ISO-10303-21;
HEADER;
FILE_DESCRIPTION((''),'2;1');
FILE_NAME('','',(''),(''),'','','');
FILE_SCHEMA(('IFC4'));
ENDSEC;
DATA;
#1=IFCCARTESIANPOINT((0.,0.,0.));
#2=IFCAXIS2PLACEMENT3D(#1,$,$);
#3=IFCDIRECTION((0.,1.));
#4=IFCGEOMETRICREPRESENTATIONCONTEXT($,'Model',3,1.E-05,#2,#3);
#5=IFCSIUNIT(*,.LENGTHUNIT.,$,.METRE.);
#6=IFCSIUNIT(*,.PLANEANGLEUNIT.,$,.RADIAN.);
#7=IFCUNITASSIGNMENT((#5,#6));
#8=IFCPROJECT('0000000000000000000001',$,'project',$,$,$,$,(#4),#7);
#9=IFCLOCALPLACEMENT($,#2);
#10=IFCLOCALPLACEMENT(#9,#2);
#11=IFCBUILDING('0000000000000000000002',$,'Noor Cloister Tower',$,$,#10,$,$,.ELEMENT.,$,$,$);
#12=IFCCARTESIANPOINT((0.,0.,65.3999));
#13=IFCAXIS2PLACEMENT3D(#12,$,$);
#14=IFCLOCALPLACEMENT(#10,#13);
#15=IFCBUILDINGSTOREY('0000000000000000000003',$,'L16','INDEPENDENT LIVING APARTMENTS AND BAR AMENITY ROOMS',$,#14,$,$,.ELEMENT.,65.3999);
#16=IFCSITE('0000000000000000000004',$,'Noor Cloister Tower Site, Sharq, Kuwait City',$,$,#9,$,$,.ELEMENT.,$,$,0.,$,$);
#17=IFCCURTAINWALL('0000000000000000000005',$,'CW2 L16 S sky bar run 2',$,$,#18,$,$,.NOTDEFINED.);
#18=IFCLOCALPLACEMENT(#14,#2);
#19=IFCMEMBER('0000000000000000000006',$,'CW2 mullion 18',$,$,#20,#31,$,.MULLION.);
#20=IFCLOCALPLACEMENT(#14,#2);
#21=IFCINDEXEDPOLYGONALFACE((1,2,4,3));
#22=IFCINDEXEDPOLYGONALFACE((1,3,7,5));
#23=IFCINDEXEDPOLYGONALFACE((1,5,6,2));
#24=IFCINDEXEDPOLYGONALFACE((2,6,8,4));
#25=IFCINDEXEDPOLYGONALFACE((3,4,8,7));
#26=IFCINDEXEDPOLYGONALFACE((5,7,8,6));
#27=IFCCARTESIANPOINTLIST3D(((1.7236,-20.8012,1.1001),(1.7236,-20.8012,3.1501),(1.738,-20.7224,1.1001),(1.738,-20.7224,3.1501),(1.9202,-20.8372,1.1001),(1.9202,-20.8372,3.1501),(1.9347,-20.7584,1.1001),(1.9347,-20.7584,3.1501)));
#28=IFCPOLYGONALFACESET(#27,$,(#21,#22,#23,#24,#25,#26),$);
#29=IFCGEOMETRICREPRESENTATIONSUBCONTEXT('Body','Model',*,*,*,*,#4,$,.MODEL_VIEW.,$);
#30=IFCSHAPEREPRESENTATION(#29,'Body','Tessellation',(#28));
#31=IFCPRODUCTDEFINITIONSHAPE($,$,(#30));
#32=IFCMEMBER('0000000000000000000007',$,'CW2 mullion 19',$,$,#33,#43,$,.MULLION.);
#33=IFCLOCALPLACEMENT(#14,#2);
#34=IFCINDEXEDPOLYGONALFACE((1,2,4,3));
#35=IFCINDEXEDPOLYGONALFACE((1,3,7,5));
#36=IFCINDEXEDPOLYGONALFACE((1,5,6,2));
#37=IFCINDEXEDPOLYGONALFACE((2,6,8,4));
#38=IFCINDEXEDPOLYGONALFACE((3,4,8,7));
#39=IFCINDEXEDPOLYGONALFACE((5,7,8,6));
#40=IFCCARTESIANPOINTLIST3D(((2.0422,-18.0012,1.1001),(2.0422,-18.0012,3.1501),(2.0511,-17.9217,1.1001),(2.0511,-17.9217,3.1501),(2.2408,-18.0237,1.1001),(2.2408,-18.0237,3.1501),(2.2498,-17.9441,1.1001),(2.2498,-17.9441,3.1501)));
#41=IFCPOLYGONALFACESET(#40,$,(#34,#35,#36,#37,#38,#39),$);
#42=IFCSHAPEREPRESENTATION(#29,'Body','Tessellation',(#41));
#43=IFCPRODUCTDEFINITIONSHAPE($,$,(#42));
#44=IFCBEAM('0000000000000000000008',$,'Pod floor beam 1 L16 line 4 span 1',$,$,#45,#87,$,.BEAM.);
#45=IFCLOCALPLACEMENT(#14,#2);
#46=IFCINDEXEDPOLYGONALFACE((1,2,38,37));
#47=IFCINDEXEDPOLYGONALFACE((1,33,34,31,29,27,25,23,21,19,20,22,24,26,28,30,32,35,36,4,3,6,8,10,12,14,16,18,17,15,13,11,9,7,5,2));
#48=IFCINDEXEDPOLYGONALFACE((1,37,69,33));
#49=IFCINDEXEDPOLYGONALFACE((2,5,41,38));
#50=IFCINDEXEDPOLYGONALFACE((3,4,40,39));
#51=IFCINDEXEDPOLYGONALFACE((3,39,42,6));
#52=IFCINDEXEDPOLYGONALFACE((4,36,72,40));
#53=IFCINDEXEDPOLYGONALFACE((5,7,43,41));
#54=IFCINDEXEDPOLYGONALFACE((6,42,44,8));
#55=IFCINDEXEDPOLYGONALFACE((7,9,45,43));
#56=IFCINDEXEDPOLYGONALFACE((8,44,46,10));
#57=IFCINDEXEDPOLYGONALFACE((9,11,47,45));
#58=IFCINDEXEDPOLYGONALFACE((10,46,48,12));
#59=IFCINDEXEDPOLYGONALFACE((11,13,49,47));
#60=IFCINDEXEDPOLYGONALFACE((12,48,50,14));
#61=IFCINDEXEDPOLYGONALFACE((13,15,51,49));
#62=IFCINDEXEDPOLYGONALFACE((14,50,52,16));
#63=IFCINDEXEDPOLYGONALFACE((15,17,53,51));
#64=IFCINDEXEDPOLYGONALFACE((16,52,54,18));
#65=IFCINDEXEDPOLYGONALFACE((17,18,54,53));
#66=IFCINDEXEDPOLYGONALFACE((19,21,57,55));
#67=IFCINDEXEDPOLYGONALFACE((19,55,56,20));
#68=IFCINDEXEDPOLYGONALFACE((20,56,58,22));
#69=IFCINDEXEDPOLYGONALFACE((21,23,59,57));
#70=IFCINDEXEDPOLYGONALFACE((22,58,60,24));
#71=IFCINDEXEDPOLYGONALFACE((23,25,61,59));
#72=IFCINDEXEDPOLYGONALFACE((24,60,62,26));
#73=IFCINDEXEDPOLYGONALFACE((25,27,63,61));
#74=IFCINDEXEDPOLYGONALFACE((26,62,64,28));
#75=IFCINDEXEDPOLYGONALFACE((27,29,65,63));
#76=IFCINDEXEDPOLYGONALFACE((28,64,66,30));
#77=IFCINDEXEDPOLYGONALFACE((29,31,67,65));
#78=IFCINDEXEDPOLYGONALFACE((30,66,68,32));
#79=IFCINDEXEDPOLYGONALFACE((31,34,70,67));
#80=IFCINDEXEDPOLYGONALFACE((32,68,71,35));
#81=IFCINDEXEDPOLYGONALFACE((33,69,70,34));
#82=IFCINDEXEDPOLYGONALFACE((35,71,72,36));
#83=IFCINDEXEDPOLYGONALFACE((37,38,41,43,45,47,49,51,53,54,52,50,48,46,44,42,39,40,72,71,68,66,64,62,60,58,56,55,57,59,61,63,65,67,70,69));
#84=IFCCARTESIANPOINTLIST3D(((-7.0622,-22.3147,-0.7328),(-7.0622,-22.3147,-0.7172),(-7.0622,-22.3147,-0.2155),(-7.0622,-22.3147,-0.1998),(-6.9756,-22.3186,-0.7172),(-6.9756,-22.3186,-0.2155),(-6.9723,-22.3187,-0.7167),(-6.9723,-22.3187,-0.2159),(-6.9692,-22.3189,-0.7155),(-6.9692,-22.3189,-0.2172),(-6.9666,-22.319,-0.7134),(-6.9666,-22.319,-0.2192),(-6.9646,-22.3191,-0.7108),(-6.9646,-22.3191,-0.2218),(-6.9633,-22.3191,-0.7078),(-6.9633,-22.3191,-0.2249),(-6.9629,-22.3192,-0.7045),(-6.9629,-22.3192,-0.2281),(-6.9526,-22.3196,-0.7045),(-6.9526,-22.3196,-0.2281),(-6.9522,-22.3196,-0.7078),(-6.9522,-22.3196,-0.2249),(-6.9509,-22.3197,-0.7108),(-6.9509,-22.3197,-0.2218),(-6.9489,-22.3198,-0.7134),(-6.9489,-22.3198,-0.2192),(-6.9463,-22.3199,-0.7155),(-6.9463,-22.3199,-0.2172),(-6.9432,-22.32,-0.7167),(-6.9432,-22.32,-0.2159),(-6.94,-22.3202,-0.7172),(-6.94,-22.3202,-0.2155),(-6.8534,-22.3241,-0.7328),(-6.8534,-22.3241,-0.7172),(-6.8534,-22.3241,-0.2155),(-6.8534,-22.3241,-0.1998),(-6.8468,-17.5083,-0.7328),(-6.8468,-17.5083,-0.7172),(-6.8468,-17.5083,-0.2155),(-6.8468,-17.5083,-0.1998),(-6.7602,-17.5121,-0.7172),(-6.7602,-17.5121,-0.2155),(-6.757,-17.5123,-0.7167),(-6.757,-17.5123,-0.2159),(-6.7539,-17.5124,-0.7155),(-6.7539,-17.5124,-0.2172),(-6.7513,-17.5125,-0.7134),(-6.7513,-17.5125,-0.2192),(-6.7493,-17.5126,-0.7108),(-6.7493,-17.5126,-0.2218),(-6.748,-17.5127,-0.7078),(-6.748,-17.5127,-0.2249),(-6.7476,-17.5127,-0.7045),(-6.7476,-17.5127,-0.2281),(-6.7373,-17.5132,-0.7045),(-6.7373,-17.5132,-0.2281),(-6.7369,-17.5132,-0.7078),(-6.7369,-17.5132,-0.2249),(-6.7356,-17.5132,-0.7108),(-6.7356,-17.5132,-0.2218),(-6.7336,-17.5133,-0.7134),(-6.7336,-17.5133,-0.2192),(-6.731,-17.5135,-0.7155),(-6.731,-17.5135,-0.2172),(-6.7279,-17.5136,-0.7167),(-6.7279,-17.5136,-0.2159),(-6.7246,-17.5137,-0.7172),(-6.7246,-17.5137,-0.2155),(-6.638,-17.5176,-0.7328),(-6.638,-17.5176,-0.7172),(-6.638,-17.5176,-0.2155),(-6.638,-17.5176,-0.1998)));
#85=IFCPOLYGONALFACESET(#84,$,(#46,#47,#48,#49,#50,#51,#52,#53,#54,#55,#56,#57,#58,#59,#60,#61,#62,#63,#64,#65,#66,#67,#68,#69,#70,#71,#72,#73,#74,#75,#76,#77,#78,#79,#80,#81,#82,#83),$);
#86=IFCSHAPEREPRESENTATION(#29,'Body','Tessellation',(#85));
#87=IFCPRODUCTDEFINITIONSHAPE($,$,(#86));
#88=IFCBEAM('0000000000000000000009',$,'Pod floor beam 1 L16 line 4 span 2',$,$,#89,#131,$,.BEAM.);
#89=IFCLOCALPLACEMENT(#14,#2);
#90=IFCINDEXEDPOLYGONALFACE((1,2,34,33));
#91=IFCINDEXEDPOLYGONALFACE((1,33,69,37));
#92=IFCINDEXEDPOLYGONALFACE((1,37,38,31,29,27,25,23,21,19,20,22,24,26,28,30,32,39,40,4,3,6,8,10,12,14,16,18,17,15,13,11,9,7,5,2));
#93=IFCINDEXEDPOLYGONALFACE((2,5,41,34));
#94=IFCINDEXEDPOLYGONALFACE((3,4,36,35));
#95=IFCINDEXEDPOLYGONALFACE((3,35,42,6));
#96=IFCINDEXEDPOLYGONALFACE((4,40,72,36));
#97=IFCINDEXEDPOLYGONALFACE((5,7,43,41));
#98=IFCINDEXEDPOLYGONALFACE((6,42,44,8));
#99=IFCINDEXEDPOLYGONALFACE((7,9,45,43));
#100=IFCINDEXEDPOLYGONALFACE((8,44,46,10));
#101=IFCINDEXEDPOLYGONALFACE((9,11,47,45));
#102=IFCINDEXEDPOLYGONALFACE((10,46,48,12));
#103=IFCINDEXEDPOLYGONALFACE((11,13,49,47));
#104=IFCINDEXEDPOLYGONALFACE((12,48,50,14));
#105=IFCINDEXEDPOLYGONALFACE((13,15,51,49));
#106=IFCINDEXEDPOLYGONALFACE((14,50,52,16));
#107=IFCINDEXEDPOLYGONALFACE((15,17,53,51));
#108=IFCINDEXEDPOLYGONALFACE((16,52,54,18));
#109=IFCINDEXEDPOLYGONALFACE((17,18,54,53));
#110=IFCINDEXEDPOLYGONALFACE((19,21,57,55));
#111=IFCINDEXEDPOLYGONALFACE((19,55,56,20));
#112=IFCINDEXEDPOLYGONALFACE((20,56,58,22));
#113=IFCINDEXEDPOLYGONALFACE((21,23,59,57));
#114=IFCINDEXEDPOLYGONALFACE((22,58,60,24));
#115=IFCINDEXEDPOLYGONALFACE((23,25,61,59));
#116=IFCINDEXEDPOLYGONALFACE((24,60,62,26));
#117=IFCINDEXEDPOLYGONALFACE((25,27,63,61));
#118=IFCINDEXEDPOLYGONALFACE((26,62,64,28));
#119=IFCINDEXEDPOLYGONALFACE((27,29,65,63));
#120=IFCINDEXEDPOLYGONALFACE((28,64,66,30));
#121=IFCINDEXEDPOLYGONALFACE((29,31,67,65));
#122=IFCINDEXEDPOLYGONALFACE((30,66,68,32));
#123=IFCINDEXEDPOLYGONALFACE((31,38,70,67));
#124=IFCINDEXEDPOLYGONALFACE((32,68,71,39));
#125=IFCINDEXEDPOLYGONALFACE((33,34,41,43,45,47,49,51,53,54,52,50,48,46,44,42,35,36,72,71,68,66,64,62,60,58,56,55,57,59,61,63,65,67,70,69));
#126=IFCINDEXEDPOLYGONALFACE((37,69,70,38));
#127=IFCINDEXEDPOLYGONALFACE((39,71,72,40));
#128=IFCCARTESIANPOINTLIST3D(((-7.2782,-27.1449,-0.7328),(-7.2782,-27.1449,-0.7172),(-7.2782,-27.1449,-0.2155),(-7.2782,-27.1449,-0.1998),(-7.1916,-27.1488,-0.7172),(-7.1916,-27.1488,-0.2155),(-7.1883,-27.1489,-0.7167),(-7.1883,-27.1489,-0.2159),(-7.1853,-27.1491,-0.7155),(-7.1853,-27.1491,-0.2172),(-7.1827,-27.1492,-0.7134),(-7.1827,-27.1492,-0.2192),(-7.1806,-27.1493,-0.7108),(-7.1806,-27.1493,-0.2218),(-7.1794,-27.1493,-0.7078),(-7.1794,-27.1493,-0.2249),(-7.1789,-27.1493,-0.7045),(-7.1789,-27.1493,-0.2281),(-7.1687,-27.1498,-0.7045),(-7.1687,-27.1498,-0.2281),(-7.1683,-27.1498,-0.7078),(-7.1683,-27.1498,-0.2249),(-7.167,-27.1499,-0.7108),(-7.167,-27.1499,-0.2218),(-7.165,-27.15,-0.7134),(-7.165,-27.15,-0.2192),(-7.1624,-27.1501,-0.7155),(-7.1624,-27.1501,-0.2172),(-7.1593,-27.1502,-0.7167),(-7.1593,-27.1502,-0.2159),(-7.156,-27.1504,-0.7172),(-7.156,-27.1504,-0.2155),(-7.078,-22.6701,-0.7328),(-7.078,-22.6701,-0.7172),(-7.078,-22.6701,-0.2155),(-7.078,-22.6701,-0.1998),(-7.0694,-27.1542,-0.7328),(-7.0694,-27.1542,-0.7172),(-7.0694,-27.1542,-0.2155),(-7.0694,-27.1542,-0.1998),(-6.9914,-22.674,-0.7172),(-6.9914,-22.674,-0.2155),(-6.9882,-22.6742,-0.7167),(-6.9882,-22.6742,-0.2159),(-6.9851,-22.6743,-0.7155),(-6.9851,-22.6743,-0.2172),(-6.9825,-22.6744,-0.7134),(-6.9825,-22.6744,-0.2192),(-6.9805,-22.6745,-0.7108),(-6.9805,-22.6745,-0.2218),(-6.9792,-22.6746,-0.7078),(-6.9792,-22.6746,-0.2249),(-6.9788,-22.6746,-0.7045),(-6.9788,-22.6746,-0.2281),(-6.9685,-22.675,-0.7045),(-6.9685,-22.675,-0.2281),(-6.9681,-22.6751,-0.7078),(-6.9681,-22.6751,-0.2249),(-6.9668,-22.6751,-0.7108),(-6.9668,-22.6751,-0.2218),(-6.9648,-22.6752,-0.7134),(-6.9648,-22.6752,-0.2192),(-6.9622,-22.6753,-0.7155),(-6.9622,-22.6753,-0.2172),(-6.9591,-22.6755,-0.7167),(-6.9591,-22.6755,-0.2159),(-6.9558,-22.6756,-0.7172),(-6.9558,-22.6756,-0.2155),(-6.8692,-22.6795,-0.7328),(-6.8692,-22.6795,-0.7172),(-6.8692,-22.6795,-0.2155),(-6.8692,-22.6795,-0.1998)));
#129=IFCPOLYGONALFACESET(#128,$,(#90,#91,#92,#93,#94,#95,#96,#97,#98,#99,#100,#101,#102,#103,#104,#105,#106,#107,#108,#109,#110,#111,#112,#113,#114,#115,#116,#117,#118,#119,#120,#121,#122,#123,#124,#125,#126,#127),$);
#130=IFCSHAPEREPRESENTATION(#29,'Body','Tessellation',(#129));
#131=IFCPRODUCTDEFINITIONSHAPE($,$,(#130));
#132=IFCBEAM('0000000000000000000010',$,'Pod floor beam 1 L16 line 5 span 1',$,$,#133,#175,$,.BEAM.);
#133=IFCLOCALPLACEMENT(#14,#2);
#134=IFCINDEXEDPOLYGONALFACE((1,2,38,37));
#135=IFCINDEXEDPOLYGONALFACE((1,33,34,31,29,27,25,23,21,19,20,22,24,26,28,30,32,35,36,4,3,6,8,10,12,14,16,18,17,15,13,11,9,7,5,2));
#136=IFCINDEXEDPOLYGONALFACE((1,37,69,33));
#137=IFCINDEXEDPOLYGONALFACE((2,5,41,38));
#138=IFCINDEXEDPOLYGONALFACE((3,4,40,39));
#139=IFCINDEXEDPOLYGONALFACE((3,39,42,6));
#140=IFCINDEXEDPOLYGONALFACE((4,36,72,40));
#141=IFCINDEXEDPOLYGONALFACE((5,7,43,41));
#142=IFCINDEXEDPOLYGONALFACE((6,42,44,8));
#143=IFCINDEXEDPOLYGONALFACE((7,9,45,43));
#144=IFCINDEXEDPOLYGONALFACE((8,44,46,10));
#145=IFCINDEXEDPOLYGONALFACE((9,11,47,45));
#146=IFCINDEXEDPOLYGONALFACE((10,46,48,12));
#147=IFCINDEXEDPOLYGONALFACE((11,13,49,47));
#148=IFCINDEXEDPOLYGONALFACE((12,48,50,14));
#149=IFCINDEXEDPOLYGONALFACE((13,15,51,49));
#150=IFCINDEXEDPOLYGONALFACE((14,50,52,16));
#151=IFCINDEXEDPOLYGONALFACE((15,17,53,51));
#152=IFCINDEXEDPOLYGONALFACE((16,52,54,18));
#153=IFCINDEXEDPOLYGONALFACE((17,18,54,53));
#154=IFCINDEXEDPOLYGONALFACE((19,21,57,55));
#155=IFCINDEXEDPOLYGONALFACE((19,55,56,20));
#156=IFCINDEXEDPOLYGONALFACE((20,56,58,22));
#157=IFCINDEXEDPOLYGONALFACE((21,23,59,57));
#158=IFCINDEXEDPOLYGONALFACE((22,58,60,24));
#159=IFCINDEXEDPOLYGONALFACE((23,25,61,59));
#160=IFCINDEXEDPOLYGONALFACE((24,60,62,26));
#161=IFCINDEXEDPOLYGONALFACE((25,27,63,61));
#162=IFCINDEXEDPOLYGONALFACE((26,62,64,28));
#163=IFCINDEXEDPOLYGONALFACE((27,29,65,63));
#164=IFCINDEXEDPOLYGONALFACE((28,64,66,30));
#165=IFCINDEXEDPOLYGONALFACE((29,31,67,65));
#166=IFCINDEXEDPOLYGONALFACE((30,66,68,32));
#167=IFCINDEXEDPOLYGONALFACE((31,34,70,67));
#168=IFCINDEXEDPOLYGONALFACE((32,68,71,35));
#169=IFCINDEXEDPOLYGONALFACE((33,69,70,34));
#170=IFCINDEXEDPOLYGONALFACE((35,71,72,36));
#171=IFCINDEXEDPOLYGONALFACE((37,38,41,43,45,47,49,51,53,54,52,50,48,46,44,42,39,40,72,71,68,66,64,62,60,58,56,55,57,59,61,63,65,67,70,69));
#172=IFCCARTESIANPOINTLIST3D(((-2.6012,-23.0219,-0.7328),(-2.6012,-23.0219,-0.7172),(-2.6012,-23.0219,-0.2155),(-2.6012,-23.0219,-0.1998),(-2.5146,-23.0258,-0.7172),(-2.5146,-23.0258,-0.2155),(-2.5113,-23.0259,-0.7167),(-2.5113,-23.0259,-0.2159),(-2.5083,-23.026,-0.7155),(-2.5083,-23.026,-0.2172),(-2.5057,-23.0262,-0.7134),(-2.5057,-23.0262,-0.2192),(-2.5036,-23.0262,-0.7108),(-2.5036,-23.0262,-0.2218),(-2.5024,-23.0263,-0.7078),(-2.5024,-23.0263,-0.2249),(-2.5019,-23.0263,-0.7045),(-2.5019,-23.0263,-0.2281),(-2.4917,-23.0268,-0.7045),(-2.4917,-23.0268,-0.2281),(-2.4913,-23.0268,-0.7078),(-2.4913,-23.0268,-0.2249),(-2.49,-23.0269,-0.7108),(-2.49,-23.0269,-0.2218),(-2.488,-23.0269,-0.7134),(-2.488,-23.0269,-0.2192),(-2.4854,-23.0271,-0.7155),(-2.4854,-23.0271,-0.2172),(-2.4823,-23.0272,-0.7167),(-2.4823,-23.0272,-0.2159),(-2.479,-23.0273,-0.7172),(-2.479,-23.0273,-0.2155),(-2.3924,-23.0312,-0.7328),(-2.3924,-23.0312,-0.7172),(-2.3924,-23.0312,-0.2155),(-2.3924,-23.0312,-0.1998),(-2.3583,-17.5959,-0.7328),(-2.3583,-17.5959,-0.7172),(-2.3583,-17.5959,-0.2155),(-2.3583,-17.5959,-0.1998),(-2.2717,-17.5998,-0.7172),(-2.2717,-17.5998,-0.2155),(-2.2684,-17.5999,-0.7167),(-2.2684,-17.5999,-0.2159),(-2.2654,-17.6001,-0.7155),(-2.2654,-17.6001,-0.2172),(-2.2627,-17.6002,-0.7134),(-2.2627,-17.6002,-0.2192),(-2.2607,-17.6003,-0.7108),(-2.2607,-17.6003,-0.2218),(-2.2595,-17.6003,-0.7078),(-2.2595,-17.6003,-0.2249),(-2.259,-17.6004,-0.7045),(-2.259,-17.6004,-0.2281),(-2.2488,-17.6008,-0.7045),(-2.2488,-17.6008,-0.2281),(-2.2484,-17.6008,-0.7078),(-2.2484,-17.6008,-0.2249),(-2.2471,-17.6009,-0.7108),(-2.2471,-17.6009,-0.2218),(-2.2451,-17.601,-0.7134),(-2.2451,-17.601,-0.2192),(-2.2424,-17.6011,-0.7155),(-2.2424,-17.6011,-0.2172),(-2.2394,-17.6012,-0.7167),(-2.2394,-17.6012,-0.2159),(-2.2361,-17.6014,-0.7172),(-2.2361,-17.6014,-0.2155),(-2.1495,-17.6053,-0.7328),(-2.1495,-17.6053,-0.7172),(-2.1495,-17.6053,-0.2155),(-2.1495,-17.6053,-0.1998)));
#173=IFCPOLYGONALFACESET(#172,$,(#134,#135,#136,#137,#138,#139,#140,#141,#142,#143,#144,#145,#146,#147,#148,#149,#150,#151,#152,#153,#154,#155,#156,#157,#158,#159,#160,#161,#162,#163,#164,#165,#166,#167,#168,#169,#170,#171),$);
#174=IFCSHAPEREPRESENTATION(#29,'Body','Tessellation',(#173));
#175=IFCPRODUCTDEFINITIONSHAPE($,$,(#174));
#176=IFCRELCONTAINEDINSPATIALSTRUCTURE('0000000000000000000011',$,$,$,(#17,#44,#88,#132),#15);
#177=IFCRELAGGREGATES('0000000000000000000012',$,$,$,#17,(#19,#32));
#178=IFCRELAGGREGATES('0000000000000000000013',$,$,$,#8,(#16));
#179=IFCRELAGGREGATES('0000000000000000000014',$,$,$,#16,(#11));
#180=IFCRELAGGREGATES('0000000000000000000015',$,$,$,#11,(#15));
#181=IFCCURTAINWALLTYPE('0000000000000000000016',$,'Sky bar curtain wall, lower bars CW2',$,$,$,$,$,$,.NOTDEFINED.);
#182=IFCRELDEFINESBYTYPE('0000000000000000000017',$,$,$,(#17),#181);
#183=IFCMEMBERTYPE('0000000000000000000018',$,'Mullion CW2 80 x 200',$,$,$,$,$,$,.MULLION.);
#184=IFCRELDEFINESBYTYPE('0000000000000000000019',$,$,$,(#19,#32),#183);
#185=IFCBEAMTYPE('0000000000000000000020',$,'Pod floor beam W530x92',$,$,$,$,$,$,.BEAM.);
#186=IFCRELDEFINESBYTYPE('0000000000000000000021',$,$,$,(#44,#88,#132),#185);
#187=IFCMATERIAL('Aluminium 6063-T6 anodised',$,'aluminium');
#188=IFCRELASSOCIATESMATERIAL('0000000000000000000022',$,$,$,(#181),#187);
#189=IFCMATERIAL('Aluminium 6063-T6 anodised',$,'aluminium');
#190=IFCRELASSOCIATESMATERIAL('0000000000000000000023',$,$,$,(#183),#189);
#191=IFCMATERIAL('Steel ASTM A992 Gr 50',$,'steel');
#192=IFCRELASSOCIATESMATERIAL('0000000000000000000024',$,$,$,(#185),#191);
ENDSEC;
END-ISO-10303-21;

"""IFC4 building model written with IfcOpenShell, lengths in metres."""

from ifc_helpers import new_model, si_unit, direction, frame, origin, origin_2d, place, context, subcontext, project, spatial, rectangle, i_section, extrude, material, material_profile, profile_set, type_object, element, aggregate, save


model = new_model("IFC4")

# Units and contexts
model_context = context("Model", 3, precision=1e-05, world=origin(), true_north=direction((0.0, 1.0)))
body_context = subcontext(model_context, "Body", "Model", "MODEL_VIEW")
ifc_project = project(units=[si_unit("LENGTHUNIT", "METRE"), si_unit("PLANEANGLEUNIT", "RADIAN")], contexts=[model_context])

# Site, building, storey
site_placement = place(None, origin())
site = spatial("IfcSite", under=ifc_project, at=site_placement, Name="Noor Cloister Tower Site, Sharq, Kuwait City", CompositionType="ELEMENT", RefElevation=0.0)
building_placement = place(site_placement, origin())
building = spatial("IfcBuilding", under=site, at=building_placement, Name="Noor Cloister Tower", CompositionType="ELEMENT")
storey_placement = place(building_placement, frame((0.0, 0.0, 65.3999)))
storey = spatial("IfcBuildingStorey", under=building, at=storey_placement, Name="L16", Description="INDEPENDENT LIVING APARTMENTS AND BAR AMENITY ROOMS", CompositionType="ELEMENT", Elevation=65.3999)

# Curtain wall, members
ifc_material_1 = material(Name="Aluminium 6063-T6 anodised", Category="aluminium")
curtain_wall_type = type_object("IfcCurtainWallType", Name="Sky bar curtain wall, lower bars CW2", PredefinedType="NOTDEFINED", material=ifc_material_1)
curtain_wall_placement = place(storey_placement, origin())
curtain_wall = element("IfcCurtainWall", 1, at=curtain_wall_placement, inside=storey, type_object=curtain_wall_type, Name="CW2 L16 S sky bar run 2", PredefinedType="NOTDEFINED")
ifc_material_2 = material(Name="Aluminium 6063-T6 anodised", Category="aluminium")
ifc_material_profile_1 = material_profile(ifc_material_2, rectangle(XDim=0.2, YDim=0.0801, at=origin_2d()), Name="200 x 80 mullion")
ifc_profile_set_1 = profile_set([ifc_material_profile_1], Name="Aluminium 6063-T6 anodised")
member_type = type_object("IfcMemberType", Name="Mullion CW2 80 x 200", PredefinedType="MULLION", material=ifc_profile_set_1)
member_1_placement = place(storey_placement, frame((1.8291, -20.7798, 1.1001), z_axis=(0.0, 0.0, 1.0), x_axis=(-0.983673, 0.179967, 0.0)))
member_1 = element("IfcMember", 2, at=member_1_placement, type_object=member_type, Name="CW2 mullion 18", PredefinedType="MULLION", context=body_context, shape_type="SweptSolid", body=[
    extrude(rectangle(XDim=0.2, YDim=0.0801, at=origin_2d()), origin(), (0.0, 0.0, 1.0), 2.05),
])
member_2_placement = place(storey_placement, frame((2.146, -17.9727, 1.1001), z_axis=(0.0, 0.0, 1.0), x_axis=(-0.993686, 0.112197, 0.0)))
member_2 = element("IfcMember", 3, at=member_2_placement, type_object=member_type, Name="CW2 mullion 19", PredefinedType="MULLION", context=body_context, shape_type="SweptSolid", body=[
    extrude(rectangle(XDim=0.2, YDim=0.0801, at=origin_2d()), origin(), (0.0, 0.0, 1.0), 2.05),
])

# Beams
ifc_material_3 = material(Name="Steel ASTM A992 Gr 50", Category="steel")
ifc_material_profile_2 = material_profile(ifc_material_3, i_section(OverallWidth=0.209, OverallDepth=0.533, WebThickness=0.0103, FlangeThickness=0.0156, FilletRadius=0.0127, at=origin_2d()), Name="W530x92")
ifc_profile_set_2 = profile_set([ifc_material_profile_2], Name="Steel ASTM A992 Gr 50")
beam_type_1 = type_object("IfcBeamType", Name="Pod floor beam W530x92", PredefinedType="BEAM", material=ifc_profile_set_2)
beam_1_placement = place(storey_placement, frame((-6.7424, -17.5129, -0.4663), z_axis=(-0.044756, -0.998998, 0.0), x_axis=(0.998998, -0.044756, 0.0)))
element("IfcBeam", 4, at=beam_1_placement, inside=storey, type_object=beam_type_1, Name="Pod floor beam 1 L16 line 4 span 1", PredefinedType="BEAM", context=body_context, shape_type="SweptSolid", body=[
    extrude(i_section(OverallWidth=0.209, OverallDepth=0.533, WebThickness=0.0103, FlangeThickness=0.0156, FilletRadius=0.0127, at=origin_2d()), origin(), (0.0, 0.0, 1.0), 4.8113),
])
beam_2_placement = place(storey_placement, frame((-6.9736, -22.6748, -0.4663), z_axis=(-0.044693, -0.999001, 0.0), x_axis=(0.999001, -0.044693, 0.0)))
element("IfcBeam", 5, at=beam_2_placement, inside=storey, type_object=beam_type_1, Name="Pod floor beam 1 L16 line 4 span 2", PredefinedType="BEAM", context=body_context, shape_type="SweptSolid", body=[
    extrude(i_section(OverallWidth=0.209, OverallDepth=0.533, WebThickness=0.0103, FlangeThickness=0.0156, FilletRadius=0.0127, at=origin_2d()), origin(), (0.0, 0.0, 1.0), 4.4792),
])
beam_3_placement = place(storey_placement, frame((-2.2539, -17.6006, -0.4663), z_axis=(-0.044725, -0.998999, 0.0), x_axis=(0.998999, -0.044725, 0.0)))
element("IfcBeam", 6, at=beam_3_placement, inside=storey, type_object=beam_type_1, Name="Pod floor beam 1 L16 line 5 span 1", PredefinedType="BEAM", context=body_context, shape_type="SweptSolid", body=[
    extrude(i_section(OverallWidth=0.209, OverallDepth=0.533, WebThickness=0.0103, FlangeThickness=0.0156, FilletRadius=0.0127, at=origin_2d()), origin(), (0.0, 0.0, 1.0), 5.4314),
])

aggregate(curtain_wall, [member_1, member_2])

save(model, "model.ifc")
